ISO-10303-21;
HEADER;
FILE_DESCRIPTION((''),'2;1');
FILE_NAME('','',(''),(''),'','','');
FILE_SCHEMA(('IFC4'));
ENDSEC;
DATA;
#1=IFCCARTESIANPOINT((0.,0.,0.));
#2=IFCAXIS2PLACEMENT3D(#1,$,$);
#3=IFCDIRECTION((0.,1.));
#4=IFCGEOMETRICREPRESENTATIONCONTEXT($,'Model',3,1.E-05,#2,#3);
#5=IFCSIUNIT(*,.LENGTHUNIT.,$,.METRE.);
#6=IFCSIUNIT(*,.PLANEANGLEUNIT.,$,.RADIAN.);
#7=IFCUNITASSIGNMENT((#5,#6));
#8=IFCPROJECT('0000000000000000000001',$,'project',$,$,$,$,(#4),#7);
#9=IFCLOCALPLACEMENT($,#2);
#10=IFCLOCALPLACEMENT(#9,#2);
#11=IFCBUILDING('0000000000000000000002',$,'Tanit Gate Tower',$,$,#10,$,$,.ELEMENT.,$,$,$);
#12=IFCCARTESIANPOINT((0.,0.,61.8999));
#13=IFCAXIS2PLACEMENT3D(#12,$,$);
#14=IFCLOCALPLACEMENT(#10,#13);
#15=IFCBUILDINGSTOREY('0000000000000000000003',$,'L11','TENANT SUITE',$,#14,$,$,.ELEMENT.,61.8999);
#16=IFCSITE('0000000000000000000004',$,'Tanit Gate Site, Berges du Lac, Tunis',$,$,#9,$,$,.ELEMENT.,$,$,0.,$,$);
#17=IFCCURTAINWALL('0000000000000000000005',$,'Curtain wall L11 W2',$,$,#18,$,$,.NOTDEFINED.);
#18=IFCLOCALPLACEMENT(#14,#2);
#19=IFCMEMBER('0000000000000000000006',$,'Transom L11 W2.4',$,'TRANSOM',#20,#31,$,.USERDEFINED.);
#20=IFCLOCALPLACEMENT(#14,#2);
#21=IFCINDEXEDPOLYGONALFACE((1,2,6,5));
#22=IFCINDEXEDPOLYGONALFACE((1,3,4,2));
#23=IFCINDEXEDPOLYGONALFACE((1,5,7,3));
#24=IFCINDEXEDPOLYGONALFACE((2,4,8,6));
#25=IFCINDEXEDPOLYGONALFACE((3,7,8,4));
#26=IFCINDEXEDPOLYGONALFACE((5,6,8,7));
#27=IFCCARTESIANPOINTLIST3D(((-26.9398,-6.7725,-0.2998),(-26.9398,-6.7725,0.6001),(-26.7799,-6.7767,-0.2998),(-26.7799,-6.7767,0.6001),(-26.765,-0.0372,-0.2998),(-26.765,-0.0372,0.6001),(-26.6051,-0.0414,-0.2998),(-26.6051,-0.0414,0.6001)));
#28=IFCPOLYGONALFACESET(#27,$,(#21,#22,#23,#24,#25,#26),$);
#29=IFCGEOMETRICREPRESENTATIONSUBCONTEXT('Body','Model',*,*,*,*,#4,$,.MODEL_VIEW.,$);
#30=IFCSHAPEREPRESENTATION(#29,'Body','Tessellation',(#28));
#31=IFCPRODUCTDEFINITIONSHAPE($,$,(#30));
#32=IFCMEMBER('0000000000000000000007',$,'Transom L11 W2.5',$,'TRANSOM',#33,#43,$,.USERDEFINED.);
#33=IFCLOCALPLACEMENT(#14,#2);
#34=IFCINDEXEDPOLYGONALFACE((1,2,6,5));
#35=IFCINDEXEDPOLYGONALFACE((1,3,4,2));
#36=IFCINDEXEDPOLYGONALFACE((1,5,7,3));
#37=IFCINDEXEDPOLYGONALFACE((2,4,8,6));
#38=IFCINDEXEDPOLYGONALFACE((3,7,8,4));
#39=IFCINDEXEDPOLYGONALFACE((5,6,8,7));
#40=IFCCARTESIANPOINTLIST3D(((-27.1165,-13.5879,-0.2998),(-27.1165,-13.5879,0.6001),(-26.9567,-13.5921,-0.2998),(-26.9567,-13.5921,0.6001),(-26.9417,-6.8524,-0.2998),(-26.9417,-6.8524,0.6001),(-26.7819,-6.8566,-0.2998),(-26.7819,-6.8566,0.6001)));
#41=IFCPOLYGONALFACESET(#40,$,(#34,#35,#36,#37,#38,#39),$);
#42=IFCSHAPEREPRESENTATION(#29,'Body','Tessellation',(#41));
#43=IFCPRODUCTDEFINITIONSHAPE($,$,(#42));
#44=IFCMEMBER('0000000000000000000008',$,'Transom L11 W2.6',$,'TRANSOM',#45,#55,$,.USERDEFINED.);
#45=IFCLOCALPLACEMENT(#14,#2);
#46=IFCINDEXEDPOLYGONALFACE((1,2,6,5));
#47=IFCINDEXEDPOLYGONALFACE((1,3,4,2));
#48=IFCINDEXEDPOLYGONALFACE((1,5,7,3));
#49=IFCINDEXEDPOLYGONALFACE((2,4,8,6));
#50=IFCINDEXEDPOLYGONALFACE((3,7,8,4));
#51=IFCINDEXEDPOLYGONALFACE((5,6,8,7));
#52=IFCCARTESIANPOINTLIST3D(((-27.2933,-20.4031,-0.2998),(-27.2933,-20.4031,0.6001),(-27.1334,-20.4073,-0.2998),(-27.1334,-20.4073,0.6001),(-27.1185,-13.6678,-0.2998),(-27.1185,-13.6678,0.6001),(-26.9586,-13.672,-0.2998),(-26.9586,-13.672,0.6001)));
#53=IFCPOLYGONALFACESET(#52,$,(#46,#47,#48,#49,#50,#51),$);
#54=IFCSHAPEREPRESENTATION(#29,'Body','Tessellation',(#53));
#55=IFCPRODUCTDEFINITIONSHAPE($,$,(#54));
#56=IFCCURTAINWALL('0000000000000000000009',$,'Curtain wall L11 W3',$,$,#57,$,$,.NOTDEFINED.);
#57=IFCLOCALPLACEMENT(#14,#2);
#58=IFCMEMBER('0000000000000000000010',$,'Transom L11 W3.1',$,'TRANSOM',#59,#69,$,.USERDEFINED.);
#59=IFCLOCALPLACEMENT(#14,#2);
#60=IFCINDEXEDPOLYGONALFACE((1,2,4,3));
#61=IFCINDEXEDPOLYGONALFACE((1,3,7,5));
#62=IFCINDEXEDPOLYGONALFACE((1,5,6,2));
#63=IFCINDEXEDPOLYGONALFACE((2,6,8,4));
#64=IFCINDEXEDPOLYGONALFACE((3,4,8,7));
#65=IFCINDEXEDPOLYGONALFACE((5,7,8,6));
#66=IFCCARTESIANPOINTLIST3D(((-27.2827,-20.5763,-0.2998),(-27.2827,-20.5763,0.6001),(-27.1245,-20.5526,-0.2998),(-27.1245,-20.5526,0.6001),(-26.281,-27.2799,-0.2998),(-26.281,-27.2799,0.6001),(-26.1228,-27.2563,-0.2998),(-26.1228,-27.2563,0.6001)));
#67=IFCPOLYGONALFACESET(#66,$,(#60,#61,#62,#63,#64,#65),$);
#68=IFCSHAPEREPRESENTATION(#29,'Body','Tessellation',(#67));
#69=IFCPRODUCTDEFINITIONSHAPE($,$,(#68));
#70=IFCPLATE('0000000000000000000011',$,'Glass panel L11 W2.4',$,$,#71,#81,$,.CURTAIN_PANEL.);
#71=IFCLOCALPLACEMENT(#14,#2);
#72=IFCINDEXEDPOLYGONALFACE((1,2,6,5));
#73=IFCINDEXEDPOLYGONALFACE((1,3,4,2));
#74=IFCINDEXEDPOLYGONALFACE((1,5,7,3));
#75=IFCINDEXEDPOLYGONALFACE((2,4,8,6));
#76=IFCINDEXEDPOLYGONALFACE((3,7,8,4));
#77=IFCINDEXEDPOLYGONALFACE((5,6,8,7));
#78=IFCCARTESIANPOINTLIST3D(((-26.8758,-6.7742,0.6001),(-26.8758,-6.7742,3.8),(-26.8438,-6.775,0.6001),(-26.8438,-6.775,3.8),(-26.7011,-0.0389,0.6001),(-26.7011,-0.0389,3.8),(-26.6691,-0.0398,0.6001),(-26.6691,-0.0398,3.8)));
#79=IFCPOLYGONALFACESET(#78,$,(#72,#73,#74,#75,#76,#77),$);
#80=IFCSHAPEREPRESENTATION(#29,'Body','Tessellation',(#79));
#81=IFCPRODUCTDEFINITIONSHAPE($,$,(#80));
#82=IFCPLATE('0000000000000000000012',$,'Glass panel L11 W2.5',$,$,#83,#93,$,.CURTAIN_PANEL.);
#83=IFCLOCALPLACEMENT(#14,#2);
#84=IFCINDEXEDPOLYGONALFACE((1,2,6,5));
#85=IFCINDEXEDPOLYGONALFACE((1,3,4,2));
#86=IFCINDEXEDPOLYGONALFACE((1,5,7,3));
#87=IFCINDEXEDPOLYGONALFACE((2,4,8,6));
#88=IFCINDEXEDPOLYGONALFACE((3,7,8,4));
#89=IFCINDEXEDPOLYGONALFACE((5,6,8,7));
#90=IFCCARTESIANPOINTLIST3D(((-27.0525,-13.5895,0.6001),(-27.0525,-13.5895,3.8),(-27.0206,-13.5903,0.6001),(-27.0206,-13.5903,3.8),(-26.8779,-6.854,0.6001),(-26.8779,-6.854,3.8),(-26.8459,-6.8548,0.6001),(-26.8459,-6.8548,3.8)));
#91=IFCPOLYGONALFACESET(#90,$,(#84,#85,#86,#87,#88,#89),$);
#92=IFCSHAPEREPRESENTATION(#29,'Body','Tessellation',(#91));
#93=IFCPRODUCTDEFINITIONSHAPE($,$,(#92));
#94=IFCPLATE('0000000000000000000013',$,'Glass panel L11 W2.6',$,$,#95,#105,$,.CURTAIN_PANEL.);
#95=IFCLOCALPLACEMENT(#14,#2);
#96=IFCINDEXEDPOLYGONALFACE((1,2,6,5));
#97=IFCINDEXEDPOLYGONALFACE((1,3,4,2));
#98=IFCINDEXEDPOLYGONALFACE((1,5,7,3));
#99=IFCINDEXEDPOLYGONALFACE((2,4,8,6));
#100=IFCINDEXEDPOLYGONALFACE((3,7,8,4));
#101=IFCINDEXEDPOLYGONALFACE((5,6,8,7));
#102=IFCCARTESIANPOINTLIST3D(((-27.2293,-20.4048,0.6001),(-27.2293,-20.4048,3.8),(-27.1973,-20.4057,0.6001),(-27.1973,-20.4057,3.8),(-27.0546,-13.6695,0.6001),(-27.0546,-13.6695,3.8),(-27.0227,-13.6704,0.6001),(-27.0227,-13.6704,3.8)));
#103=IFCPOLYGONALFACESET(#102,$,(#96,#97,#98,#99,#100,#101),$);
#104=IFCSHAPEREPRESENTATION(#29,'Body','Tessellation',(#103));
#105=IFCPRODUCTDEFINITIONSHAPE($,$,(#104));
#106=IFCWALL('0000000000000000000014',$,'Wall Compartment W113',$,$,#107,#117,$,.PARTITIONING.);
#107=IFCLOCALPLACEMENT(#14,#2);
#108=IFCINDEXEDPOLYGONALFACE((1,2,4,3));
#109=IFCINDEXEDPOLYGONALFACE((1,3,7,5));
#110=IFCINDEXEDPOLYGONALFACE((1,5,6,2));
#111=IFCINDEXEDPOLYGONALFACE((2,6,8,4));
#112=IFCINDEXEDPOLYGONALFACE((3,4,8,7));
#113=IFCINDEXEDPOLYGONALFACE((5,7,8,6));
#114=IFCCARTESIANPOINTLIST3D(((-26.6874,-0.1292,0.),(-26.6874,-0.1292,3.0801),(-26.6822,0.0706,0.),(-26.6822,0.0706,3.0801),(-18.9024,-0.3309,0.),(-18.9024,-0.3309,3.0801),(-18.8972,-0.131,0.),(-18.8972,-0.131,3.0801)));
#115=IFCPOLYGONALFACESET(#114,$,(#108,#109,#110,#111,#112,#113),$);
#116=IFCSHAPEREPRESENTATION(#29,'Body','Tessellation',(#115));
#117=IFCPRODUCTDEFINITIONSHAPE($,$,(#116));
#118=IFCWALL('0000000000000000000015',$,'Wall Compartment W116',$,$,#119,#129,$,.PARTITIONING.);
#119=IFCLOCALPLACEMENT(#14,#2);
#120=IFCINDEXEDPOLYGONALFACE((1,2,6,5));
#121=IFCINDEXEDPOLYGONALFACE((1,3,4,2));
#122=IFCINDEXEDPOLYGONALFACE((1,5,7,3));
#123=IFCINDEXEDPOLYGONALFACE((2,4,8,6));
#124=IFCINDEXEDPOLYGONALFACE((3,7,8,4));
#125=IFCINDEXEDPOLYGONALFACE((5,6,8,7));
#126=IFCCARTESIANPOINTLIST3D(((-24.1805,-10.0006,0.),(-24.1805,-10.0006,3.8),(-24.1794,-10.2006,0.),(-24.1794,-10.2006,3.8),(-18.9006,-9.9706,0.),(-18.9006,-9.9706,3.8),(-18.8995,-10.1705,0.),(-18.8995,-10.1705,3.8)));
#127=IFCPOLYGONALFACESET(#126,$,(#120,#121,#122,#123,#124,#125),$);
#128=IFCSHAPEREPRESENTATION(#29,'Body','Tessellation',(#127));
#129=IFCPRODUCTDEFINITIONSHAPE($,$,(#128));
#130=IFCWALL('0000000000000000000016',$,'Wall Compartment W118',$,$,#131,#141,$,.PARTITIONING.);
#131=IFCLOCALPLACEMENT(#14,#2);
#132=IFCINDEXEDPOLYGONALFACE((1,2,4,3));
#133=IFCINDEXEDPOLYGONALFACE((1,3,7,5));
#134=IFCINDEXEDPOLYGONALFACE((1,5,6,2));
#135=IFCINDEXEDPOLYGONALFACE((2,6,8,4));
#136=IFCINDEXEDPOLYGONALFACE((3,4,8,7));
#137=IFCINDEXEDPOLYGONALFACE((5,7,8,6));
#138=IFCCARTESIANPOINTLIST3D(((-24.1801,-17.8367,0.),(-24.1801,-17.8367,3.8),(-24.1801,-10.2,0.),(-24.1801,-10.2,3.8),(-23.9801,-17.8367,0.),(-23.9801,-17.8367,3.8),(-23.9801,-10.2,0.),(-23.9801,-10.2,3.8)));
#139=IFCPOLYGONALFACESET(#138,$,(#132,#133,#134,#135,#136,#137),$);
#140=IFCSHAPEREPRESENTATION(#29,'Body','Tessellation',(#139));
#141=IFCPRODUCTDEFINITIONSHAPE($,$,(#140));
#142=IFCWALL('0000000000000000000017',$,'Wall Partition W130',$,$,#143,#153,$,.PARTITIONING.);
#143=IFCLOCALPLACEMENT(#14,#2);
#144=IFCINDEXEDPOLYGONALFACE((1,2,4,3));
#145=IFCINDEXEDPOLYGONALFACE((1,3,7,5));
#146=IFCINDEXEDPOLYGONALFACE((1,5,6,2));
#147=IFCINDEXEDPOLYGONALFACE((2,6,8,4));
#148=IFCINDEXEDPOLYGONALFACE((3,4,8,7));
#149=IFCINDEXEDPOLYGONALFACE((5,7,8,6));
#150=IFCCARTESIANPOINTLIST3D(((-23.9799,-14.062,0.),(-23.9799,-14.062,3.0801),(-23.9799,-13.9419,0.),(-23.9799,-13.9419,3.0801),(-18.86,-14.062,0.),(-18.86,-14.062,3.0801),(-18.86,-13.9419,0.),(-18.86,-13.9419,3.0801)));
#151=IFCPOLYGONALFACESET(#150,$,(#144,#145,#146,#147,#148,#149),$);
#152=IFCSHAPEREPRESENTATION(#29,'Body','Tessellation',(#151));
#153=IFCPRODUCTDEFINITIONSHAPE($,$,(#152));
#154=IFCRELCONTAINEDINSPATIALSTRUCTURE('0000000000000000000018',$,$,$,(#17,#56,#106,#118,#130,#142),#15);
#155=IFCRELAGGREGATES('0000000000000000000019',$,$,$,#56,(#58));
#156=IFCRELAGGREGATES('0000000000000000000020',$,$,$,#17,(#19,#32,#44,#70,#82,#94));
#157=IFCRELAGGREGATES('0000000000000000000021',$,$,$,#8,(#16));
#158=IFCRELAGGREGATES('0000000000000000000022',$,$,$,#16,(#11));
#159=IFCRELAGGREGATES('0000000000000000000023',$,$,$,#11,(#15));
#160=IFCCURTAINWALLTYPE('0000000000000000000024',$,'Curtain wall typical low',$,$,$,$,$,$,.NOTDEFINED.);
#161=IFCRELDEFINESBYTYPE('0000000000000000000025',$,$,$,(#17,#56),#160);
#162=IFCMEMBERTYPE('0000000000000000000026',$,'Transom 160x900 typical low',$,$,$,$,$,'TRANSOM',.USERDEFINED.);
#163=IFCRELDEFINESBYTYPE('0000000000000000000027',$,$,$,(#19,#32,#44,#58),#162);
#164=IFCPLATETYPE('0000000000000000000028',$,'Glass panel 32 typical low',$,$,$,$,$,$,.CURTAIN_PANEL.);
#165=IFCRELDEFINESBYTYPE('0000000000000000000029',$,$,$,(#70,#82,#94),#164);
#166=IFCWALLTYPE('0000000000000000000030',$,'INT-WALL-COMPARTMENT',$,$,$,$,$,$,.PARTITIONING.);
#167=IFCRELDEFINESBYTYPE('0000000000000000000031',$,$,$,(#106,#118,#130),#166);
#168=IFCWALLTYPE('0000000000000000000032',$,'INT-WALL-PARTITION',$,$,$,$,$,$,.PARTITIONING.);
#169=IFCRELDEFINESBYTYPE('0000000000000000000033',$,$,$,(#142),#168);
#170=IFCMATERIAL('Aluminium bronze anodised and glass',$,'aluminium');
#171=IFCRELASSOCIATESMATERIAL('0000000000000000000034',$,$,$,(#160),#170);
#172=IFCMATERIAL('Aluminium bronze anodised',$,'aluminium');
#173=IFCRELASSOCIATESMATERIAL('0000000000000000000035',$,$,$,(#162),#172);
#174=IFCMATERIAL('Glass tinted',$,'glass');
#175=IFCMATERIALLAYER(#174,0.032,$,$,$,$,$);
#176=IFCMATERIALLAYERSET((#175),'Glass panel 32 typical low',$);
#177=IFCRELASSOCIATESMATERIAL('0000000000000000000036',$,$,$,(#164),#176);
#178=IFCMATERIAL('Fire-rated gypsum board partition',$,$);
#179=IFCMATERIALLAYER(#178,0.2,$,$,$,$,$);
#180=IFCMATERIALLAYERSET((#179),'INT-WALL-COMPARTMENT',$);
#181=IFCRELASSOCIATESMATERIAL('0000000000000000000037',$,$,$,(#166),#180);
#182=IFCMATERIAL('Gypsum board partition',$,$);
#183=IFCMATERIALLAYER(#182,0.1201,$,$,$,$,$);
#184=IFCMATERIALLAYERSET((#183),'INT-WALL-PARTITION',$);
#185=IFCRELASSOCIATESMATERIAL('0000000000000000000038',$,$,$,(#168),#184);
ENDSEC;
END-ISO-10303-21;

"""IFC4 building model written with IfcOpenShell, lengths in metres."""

from ifc_helpers import new_model, si_unit, direction, frame, frame_2d, origin, origin_2d, place, context, subcontext, project, spatial, rectangle, extrude, material, layer, layer_set, material_profile, profile_set, type_object, element, aggregate, save


model = new_model("IFC4")

# Units and contexts
model_context = context("Model", 3, precision=1e-05, world=origin(), true_north=direction((0.0, 1.0)))
body_context = subcontext(model_context, "Body", "Model", "MODEL_VIEW")
ifc_project = project(units=[si_unit("LENGTHUNIT", "METRE"), si_unit("PLANEANGLEUNIT", "RADIAN")], contexts=[model_context])

# Site, building, storey
site_placement = place(None, origin())
site = spatial("IfcSite", under=ifc_project, at=site_placement, Name="Tanit Gate Site, Berges du Lac, Tunis", CompositionType="ELEMENT", RefElevation=0.0)
building_placement = place(site_placement, origin())
building = spatial("IfcBuilding", under=site, at=building_placement, Name="Tanit Gate Tower", CompositionType="ELEMENT")
storey_placement = place(building_placement, frame((0.0, 0.0, 61.8999)))
storey = spatial("IfcBuildingStorey", under=building, at=storey_placement, Name="L11", Description="TENANT SUITE", CompositionType="ELEMENT", Elevation=61.8999)

# Curtain wall
ifc_material_1 = material(Name="Aluminium bronze anodised and glass", Category="aluminium")
curtain_wall_type = type_object("IfcCurtainWallType", Name="Curtain wall typical low", PredefinedType="NOTDEFINED", material=ifc_material_1)
curtain_wall_1_placement = place(storey_placement, origin())
curtain_wall_1 = element("IfcCurtainWall", 1, at=curtain_wall_1_placement, inside=storey, type_object=curtain_wall_type, Name="Curtain wall L11 W2", PredefinedType="NOTDEFINED")

# Members
ifc_material_2 = material(Name="Aluminium bronze anodised", Category="aluminium")
ifc_material_profile_1 = material_profile(ifc_material_2, rectangle(XDim=0.1599, YDim=0.8999, at=origin_2d()), Name="160x900 bronze transom")
ifc_profile_set_1 = profile_set([ifc_material_profile_1], Name="Aluminium bronze anodised")
member_type_1 = type_object("IfcMemberType", Name="Transom 160x900 typical low", ElementType="TRANSOM", PredefinedType="USERDEFINED", material=ifc_profile_set_1)
member_1_placement = place(storey_placement, frame((-26.6851, -0.0393, 0.1501), z_axis=(-0.025945, -0.999663, 0.0), x_axis=(0.999663, -0.025945, 0.0)))
member_1 = element("IfcMember", 2, at=member_1_placement, type_object=member_type_1, Name="Transom L11 W2.4", ObjectType="TRANSOM", PredefinedType="USERDEFINED", context=body_context, shape_type="SweptSolid", body=[
    extrude(rectangle(XDim=0.1599, YDim=0.8999, at=origin_2d()), origin(), (0.0, 0.0, 1.0), 6.7375),
])
member_2_placement = place(storey_placement, frame((-26.8618, -6.8545, 0.1501), z_axis=(-0.025944, -0.999663, 0.0), x_axis=(0.999663, -0.025944, 0.0)))
member_2 = element("IfcMember", 3, at=member_2_placement, type_object=member_type_1, Name="Transom L11 W2.5", ObjectType="TRANSOM", PredefinedType="USERDEFINED", context=body_context, shape_type="SweptSolid", body=[
    extrude(rectangle(XDim=0.1599, YDim=0.8999, at=origin_2d()), origin(), (0.0, 0.0, 1.0), 6.7378),
])
member_3_placement = place(storey_placement, frame((-27.0386, -13.6699, 0.1501), z_axis=(-0.025945, -0.999663, 0.0), x_axis=(0.999663, -0.025945, 0.0)))
member_3 = element("IfcMember", 4, at=member_3_placement, type_object=member_type_1, Name="Transom L11 W2.6", ObjectType="TRANSOM", PredefinedType="USERDEFINED", context=body_context, shape_type="SweptSolid", body=[
    extrude(rectangle(XDim=0.1599, YDim=0.8999, at=origin_2d()), origin(), (0.0, 0.0, 1.0), 6.7375),
])

# Curtain wall, member
curtain_wall_2_placement = place(storey_placement, origin())
curtain_wall_2 = element("IfcCurtainWall", 5, at=curtain_wall_2_placement, inside=storey, type_object=curtain_wall_type, Name="Curtain wall L11 W3", PredefinedType="NOTDEFINED")
member_4_placement = place(storey_placement, frame((-27.2036, -20.5645, 0.1501), z_axis=(0.147787, -0.989019, 0.0), x_axis=(0.989019, 0.147787, 0.0)))
member_4 = element("IfcMember", 6, at=member_4_placement, type_object=member_type_1, Name="Transom L11 W3.1", ObjectType="TRANSOM", PredefinedType="USERDEFINED", context=body_context, shape_type="SweptSolid", body=[
    extrude(rectangle(XDim=0.1599, YDim=0.8999, at=origin_2d()), origin(), (0.0, 0.0, 1.0), 6.7781),
])
aggregate(curtain_wall_2, [member_4])

# Plates
ifc_material_3 = material(Name="Glass tinted", Category="glass")
ifc_layer_1 = layer(ifc_material_3, 0.032)
ifc_layer_set_1 = layer_set([ifc_layer_1], Name="Glass panel 32 typical low")
plate_type = type_object("IfcPlateType", Name="Glass panel 32 typical low", PredefinedType="CURTAIN_PANEL", material=ifc_layer_set_1)
plate_1_placement = place(storey_placement, frame((-26.7725, -3.407, 0.6001), z_axis=(0.0, 0.0, 1.0), x_axis=(-0.025924, -0.999664, 0.0)))
plate_1 = element("IfcPlate", 7, at=plate_1_placement, type_object=plate_type, Name="Glass panel L11 W2.4", PredefinedType="CURTAIN_PANEL", context=body_context, shape_type="SweptSolid", body=[
    extrude(rectangle(XDim=6.7375, YDim=0.032, at=origin_2d()), origin(), (0.0, 0.0, 1.0), 3.2),
])
plate_2_placement = place(storey_placement, frame((-26.9492, -10.2222, 0.6001), z_axis=(0.0, 0.0, 1.0), x_axis=(-0.025924, -0.999664, 0.0)))
plate_2 = element("IfcPlate", 8, at=plate_2_placement, type_object=plate_type, Name="Glass panel L11 W2.5", PredefinedType="CURTAIN_PANEL", context=body_context, shape_type="SweptSolid", body=[
    extrude(rectangle(XDim=6.7378, YDim=0.032, at=origin_2d()), origin(), (0.0, 0.0, 1.0), 3.2),
])
plate_3_placement = place(storey_placement, frame((-27.126, -17.0376, 0.6001), z_axis=(0.0, 0.0, 1.0), x_axis=(-0.025924, -0.999664, 0.0)))
plate_3 = element("IfcPlate", 9, at=plate_3_placement, type_object=plate_type, Name="Glass panel L11 W2.6", PredefinedType="CURTAIN_PANEL", context=body_context, shape_type="SweptSolid", body=[
    extrude(rectangle(XDim=6.7375, YDim=0.032, at=origin_2d()), origin(), (0.0, 0.0, 1.0), 3.2),
])
aggregate(curtain_wall_1, [member_1, member_2, member_3, plate_1, plate_2, plate_3])

# Walls
ifc_material_4 = material(Name="Fire-rated gypsum board partition")
ifc_layer_2 = layer(ifc_material_4, 0.2)
ifc_layer_set_2 = layer_set([ifc_layer_2], Name="INT-WALL-COMPARTMENT")
wall_type_1 = type_object("IfcWallType", Name="INT-WALL-COMPARTMENT", PredefinedType="PARTITIONING", material=ifc_layer_set_2)
wall_1_placement = place(storey_placement, frame((-26.6848, -0.0293, 0.0), z_axis=(0.0, 0.0, 1.0), x_axis=(0.999665, -0.025895, 0.0)))
element("IfcWall", 10, at=wall_1_placement, inside=storey, type_object=wall_type_1, Name="Wall Compartment W113", PredefinedType="PARTITIONING", context=body_context, shape_type="SweptSolid", body=[
    extrude(rectangle(XDim=7.7876, YDim=0.2, at=frame_2d((3.8938, 0.0))), origin(), (0.0, 0.0, 1.0), 3.0801),
])
wall_2_placement = place(storey_placement, frame((-18.8999, -10.0706, 0.0), z_axis=(0.0, 0.0, 1.0), x_axis=(-0.999984, -0.005687, 0.0)))
element("IfcWall", 11, at=wall_2_placement, inside=storey, type_object=wall_type_1, Name="Wall Compartment W116", PredefinedType="PARTITIONING", context=body_context, shape_type="SweptSolid", body=[
    extrude(rectangle(XDim=5.28, YDim=0.2, at=frame_2d((2.6401, 0.0))), origin(), (0.0, 0.0, 1.0), 3.8),
])
wall_3_placement = place(storey_placement, frame((-24.0801, -17.8367, 0.0), z_axis=(0.0, 0.0, 1.0), x_axis=(0.0, 1.0, 0.0)))
element("IfcWall", 12, at=wall_3_placement, inside=storey, type_object=wall_type_1, Name="Wall Compartment W118", PredefinedType="PARTITIONING", context=body_context, shape_type="SweptSolid", body=[
    extrude(rectangle(XDim=7.6367, YDim=0.2, at=frame_2d((3.8184, 0.0))), origin(), (0.0, 0.0, 1.0), 3.8),
])
ifc_material_5 = material(Name="Gypsum board partition")
ifc_layer_3 = layer(ifc_material_5, 0.1201)
ifc_layer_set_3 = layer_set([ifc_layer_3], Name="INT-WALL-PARTITION")
wall_type_2 = type_object("IfcWallType", Name="INT-WALL-PARTITION", PredefinedType="PARTITIONING", material=ifc_layer_set_3)
wall_4_placement = place(storey_placement, frame((-23.98, -14.002, 0.0), z_axis=(0.0, 0.0, 1.0), x_axis=(1.0, 0.0, 0.0)))
element("IfcWall", 13, at=wall_4_placement, inside=storey, type_object=wall_type_2, Name="Wall Partition W130", PredefinedType="PARTITIONING", context=body_context, shape_type="SweptSolid", body=[
    extrude(rectangle(XDim=5.1199, YDim=0.1201, at=frame_2d((2.5601, 0.0))), origin(), (0.0, 0.0, 1.0), 3.0801),
])

save(model, "model.ifc")
